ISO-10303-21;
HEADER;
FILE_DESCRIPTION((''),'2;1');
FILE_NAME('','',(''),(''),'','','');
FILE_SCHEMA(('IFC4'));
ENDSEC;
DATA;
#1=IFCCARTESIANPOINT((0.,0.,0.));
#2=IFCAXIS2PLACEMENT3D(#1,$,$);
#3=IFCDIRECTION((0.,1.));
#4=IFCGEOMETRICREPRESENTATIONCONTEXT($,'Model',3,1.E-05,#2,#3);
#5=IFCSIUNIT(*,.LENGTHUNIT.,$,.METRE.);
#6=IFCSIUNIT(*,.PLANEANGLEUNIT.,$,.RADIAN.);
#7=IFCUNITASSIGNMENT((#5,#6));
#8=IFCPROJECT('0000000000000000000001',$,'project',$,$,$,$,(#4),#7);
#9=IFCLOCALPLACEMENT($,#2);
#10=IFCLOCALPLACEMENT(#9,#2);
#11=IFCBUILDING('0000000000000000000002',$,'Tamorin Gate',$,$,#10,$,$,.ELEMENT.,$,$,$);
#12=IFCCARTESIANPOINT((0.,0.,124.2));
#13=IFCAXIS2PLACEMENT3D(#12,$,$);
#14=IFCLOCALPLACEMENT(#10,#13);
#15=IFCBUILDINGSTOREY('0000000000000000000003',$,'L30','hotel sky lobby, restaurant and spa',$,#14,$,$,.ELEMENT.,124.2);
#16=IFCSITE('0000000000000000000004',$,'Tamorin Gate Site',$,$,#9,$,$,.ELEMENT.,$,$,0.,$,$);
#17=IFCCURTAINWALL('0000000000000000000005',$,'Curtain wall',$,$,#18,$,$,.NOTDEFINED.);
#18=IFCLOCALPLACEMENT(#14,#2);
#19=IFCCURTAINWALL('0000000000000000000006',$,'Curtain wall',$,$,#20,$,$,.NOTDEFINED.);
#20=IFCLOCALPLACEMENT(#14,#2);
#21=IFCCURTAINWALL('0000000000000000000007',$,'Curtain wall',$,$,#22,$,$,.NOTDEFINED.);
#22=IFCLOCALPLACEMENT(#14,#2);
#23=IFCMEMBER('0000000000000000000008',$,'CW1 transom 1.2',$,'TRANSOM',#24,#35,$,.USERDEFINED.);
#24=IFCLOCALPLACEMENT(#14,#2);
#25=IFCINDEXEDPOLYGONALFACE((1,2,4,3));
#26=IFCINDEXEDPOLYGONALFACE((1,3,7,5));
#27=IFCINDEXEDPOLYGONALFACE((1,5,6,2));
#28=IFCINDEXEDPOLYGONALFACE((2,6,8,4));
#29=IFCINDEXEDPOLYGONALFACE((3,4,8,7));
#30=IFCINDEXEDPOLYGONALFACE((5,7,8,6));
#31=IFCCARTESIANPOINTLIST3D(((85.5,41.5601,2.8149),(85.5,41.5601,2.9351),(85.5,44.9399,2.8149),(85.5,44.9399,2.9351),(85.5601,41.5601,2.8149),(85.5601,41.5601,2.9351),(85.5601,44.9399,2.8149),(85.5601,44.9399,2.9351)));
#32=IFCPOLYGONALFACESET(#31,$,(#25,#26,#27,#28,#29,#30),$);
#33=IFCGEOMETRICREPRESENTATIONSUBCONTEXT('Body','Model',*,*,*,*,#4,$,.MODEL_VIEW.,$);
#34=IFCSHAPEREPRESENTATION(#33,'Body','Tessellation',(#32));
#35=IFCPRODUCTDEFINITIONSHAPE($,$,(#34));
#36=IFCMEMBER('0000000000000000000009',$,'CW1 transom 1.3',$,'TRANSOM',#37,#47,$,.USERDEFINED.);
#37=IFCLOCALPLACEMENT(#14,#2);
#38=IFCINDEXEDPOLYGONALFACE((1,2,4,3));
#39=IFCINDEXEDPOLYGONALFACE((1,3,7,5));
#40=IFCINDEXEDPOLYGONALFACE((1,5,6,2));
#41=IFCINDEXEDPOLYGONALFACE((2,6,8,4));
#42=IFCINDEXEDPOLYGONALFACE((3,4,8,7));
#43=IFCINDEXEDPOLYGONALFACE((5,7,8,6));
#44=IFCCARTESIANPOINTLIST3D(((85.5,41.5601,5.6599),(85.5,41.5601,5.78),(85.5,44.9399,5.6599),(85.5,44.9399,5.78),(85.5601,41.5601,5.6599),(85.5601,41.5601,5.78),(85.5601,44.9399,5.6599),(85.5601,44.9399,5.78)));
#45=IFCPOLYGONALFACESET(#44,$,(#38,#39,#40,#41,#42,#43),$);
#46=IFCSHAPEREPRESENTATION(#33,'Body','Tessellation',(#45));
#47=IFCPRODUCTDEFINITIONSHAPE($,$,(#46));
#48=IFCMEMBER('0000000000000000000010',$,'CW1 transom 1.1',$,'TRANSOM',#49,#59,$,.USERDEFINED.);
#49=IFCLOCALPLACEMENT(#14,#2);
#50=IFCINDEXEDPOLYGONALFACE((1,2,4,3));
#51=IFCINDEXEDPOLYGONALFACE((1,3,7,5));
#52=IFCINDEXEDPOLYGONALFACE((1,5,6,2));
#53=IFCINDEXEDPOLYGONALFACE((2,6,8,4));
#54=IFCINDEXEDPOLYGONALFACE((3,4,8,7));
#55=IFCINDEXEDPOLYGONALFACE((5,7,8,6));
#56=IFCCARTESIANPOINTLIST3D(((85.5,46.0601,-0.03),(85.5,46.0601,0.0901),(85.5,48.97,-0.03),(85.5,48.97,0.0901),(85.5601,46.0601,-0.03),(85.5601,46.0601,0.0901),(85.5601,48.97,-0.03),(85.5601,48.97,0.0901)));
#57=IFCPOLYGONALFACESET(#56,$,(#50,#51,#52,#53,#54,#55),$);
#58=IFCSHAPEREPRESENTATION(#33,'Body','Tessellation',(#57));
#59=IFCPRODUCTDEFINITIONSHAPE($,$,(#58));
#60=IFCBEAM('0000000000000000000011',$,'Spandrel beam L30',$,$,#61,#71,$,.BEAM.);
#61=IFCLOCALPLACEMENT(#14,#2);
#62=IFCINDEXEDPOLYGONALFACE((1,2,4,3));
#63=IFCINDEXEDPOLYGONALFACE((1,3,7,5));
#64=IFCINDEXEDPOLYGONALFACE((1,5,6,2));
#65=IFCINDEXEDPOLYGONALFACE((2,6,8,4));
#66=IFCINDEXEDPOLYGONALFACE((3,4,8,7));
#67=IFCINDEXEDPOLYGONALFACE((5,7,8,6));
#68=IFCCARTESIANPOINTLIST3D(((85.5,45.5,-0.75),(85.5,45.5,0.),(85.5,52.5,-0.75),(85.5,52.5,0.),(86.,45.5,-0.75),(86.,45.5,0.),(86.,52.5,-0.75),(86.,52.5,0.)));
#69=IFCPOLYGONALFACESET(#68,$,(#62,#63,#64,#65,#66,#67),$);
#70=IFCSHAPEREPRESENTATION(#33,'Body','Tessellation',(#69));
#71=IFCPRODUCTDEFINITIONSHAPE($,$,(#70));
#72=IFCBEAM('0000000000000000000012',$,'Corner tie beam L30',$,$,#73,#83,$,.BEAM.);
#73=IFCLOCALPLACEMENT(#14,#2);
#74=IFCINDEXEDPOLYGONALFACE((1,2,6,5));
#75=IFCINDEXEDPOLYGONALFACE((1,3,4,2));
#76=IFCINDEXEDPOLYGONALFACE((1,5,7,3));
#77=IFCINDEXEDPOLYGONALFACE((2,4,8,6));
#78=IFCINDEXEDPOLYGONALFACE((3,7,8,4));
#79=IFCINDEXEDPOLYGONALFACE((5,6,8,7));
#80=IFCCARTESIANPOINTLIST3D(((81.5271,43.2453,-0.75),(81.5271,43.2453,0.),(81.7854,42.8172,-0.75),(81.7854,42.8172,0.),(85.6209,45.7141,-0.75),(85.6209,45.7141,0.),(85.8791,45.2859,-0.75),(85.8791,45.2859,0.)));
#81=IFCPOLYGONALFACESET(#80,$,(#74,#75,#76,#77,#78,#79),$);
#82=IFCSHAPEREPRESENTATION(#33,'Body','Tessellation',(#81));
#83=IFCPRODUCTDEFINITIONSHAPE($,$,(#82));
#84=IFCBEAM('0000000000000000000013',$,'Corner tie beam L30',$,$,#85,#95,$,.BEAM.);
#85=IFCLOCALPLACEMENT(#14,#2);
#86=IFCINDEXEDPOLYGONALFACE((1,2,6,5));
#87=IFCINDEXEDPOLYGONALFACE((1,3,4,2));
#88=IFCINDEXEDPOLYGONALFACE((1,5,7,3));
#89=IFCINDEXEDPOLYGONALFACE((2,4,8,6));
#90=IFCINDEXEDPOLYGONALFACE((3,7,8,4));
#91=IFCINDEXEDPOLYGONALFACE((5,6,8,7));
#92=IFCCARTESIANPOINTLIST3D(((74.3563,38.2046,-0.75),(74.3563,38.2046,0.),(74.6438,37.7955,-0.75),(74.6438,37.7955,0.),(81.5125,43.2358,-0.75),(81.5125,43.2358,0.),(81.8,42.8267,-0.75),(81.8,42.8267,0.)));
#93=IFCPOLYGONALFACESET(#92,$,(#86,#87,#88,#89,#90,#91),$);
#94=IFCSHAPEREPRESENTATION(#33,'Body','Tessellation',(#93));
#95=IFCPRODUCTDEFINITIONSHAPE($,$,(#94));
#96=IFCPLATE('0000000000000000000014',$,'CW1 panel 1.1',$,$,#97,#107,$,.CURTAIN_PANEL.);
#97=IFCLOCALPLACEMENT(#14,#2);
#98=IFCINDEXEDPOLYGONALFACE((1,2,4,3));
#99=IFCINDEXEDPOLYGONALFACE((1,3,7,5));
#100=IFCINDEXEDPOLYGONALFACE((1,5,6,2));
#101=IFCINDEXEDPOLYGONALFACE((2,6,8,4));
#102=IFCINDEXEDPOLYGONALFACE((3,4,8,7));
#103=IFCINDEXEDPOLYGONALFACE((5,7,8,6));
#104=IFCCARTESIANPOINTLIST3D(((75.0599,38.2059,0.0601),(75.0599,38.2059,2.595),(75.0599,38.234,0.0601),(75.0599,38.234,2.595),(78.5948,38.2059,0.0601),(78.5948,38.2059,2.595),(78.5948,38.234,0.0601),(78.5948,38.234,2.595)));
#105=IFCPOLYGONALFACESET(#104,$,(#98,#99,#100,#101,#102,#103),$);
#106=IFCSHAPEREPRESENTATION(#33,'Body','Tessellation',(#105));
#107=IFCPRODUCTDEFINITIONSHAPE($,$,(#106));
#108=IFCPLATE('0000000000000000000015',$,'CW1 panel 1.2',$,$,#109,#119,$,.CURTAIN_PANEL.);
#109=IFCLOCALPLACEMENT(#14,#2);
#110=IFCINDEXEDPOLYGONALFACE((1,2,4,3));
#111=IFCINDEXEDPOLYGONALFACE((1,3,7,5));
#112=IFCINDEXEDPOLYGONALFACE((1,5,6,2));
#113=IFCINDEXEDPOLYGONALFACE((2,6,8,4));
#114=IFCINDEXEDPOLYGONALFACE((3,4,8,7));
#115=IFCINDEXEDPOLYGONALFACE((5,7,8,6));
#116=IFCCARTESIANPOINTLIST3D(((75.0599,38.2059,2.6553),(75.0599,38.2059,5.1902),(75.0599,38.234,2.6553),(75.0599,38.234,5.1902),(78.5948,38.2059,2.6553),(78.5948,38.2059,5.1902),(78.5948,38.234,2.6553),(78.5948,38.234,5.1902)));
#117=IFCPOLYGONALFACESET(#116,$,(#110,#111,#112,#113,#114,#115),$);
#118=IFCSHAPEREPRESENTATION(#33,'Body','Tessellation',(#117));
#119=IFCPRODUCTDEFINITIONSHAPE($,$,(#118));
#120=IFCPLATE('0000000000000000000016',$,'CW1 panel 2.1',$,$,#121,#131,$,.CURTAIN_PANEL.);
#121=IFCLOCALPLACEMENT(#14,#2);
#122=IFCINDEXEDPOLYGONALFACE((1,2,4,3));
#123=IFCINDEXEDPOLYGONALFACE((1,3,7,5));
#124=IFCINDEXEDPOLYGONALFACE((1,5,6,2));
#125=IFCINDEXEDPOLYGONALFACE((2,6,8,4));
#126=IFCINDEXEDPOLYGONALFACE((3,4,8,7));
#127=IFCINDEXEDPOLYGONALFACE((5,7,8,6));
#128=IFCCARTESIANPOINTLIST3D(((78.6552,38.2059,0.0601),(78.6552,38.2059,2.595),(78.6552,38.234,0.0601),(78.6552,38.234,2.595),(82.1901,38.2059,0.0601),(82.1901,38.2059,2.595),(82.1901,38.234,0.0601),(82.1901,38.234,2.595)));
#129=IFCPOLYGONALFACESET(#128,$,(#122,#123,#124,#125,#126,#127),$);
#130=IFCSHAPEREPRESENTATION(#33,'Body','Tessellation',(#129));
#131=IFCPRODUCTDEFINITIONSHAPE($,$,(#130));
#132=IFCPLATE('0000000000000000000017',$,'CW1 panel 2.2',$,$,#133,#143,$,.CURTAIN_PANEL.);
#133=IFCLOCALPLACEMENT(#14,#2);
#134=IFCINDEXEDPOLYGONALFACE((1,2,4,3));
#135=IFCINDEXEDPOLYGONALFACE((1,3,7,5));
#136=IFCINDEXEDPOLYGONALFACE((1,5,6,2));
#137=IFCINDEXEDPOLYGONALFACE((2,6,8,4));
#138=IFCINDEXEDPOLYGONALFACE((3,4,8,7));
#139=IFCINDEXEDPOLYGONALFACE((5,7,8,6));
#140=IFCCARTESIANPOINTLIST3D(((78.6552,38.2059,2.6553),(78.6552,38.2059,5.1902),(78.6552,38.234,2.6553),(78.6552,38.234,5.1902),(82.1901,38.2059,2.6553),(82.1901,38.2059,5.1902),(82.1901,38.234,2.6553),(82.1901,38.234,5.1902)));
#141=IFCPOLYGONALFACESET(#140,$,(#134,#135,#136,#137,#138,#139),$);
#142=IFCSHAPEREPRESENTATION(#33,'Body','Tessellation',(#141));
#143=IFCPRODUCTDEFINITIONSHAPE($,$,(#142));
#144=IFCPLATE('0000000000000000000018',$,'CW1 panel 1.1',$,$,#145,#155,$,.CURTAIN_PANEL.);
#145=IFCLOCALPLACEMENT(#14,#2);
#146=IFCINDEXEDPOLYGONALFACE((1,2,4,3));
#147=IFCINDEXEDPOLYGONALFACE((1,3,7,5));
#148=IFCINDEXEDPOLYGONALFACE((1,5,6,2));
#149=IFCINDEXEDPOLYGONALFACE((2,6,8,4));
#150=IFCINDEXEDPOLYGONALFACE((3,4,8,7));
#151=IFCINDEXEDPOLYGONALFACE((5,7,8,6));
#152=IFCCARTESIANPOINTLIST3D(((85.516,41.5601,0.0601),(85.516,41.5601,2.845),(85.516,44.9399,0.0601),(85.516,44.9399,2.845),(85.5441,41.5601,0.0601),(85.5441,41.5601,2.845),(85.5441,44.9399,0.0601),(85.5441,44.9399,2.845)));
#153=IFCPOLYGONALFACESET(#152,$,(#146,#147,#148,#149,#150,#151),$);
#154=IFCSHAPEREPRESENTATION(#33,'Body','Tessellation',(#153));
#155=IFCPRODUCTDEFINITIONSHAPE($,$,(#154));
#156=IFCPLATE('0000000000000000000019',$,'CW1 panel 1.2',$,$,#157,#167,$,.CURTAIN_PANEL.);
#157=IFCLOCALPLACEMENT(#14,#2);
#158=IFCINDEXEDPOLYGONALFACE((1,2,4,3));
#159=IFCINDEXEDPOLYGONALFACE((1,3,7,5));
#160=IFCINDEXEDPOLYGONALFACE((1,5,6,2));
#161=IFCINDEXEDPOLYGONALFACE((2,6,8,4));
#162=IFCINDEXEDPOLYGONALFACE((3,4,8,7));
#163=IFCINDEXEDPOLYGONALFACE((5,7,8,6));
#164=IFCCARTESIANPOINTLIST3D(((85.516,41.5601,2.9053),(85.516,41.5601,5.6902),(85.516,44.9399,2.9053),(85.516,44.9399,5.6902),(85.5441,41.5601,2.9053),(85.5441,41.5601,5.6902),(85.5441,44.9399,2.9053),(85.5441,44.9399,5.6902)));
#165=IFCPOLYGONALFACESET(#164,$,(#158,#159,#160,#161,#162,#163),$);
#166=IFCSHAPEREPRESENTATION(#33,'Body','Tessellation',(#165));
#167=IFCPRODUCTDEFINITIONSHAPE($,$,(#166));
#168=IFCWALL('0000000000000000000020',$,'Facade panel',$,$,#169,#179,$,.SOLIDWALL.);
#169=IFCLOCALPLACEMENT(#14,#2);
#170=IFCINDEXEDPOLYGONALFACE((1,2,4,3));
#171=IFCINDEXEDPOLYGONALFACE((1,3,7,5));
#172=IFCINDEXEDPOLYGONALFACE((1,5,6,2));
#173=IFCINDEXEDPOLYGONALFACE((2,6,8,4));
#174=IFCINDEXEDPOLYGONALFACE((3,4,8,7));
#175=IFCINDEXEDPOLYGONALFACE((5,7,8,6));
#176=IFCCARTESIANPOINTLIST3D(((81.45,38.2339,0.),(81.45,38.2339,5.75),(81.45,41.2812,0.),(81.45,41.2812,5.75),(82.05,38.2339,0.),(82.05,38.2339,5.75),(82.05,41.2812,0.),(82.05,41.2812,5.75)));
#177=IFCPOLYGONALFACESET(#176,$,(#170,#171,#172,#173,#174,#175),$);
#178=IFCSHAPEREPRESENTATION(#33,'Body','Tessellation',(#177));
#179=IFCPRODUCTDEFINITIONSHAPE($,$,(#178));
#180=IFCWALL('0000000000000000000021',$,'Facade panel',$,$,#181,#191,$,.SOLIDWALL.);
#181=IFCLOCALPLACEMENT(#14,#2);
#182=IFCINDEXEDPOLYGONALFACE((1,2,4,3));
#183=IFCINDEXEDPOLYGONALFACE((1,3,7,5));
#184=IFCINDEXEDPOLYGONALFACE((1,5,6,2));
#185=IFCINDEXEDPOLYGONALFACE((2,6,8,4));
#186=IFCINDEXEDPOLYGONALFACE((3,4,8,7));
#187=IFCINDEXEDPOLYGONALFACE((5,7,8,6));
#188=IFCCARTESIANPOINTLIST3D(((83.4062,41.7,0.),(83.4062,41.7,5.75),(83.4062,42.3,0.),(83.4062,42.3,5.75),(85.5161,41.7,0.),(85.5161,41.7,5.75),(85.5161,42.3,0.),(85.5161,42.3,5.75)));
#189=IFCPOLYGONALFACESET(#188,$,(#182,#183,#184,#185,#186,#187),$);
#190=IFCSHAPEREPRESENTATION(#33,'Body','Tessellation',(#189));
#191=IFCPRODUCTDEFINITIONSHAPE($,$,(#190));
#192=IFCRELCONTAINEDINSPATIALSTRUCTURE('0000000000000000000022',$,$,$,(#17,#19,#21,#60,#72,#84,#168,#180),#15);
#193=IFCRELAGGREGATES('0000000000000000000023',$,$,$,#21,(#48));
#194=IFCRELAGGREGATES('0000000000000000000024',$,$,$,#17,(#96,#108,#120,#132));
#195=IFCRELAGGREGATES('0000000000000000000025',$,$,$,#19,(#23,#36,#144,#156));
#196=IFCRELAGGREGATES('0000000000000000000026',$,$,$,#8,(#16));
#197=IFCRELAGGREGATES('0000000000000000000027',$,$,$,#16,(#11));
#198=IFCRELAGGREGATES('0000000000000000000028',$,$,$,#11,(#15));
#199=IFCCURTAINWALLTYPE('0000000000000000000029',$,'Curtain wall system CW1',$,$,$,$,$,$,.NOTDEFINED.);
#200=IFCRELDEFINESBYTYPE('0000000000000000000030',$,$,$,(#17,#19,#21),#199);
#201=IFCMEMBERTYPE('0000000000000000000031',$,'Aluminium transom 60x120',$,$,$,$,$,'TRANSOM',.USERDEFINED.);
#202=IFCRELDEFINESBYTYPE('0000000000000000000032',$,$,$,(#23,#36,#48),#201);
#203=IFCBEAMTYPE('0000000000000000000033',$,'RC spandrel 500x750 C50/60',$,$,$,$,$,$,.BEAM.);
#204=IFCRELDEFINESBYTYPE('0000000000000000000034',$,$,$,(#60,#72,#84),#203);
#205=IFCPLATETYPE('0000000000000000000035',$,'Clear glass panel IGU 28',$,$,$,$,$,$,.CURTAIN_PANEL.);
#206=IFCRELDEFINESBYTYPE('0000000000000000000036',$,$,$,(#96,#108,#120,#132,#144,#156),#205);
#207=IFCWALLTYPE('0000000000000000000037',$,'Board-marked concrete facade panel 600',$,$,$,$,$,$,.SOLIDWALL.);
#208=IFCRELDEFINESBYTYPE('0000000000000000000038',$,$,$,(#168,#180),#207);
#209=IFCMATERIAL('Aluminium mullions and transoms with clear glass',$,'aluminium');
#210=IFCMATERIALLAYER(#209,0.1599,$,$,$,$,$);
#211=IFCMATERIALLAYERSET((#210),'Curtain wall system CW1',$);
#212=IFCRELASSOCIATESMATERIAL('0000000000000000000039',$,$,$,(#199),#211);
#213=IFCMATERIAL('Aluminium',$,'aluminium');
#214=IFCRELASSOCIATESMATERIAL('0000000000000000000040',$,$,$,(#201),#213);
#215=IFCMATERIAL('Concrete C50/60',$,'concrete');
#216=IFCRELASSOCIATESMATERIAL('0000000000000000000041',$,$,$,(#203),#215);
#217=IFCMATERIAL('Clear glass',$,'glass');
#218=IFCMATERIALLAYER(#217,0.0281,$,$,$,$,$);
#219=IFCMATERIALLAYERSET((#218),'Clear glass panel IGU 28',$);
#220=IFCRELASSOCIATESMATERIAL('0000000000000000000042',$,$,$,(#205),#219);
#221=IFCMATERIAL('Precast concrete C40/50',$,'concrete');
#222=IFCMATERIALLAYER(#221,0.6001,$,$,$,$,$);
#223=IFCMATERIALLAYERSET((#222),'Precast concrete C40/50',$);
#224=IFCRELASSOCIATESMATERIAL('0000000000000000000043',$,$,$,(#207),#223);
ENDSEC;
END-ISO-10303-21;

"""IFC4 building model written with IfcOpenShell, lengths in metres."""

from ifc_helpers import new_model, si_unit, direction, frame, frame_2d, origin, origin_2d, place, context, subcontext, project, spatial, rectangle, extrude, material, layer, layer_set, material_profile, profile_set, type_object, element, aggregate, save


model = new_model("IFC4")

# Units and contexts
model_context = context("Model", 3, precision=1e-05, world=origin(), true_north=direction((0.0, 1.0)))
body_context = subcontext(model_context, "Body", "Model", "MODEL_VIEW")
ifc_project = project(units=[si_unit("LENGTHUNIT", "METRE"), si_unit("PLANEANGLEUNIT", "RADIAN")], contexts=[model_context])

# Site, building, storey
site_placement = place(None, origin())
site = spatial("IfcSite", under=ifc_project, at=site_placement, Name="Tamorin Gate Site", CompositionType="ELEMENT", RefElevation=0.0)
building_placement = place(site_placement, origin())
building = spatial("IfcBuilding", under=site, at=building_placement, Name="Tamorin Gate", CompositionType="ELEMENT")
storey_placement = place(building_placement, frame((0.0, 0.0, 124.2)))
storey = spatial("IfcBuildingStorey", under=building, at=storey_placement, Name="L30", Description="hotel sky lobby, restaurant and spa", CompositionType="ELEMENT", Elevation=124.2)

# Curtain walls
ifc_material_1 = material(Name="Aluminium mullions and transoms with clear glass", Category="aluminium")
ifc_layer_1 = layer(ifc_material_1, 0.1599)
ifc_layer_set_1 = layer_set([ifc_layer_1], Name="Curtain wall system CW1")
curtain_wall_type = type_object("IfcCurtainWallType", Name="Curtain wall system CW1", PredefinedType="NOTDEFINED", material=ifc_layer_set_1)
curtain_wall_1_placement = place(storey_placement, origin())
curtain_wall_1 = element("IfcCurtainWall", 1, at=curtain_wall_1_placement, inside=storey, type_object=curtain_wall_type, Name="Curtain wall", PredefinedType="NOTDEFINED")
ifc_material_2 = material(Name="Aluminium", Category="aluminium")
curtain_wall_2_placement = place(storey_placement, origin())
curtain_wall_2 = element("IfcCurtainWall", 2, at=curtain_wall_2_placement, inside=storey, type_object=curtain_wall_type, Name="Curtain wall", PredefinedType="NOTDEFINED")

# Curtain wall
curtain_wall_3_placement = place(storey_placement, origin())
curtain_wall_3 = element("IfcCurtainWall", 3, at=curtain_wall_3_placement, inside=storey, type_object=curtain_wall_type, Name="Curtain wall", PredefinedType="NOTDEFINED")

# Members
ifc_material_profile_1 = material_profile(ifc_material_2, rectangle(XDim=0.0601, YDim=0.1201, at=origin_2d()), Name="RECT 60x120")
ifc_profile_set_1 = profile_set([ifc_material_profile_1], Name="Aluminium")
member_type_1 = type_object("IfcMemberType", Name="Aluminium transom 60x120", ElementType="TRANSOM", PredefinedType="USERDEFINED", material=ifc_profile_set_1)
member_1_placement = place(storey_placement, frame((85.53, 41.5601, 2.875), z_axis=(0.0, 1.0, 0.0), x_axis=(-1.0, 0.0, 0.0)))
member_1 = element("IfcMember", 4, at=member_1_placement, type_object=member_type_1, Name="CW1 transom 1.2", ObjectType="TRANSOM", PredefinedType="USERDEFINED", context=body_context, shape_type="SweptSolid", body=[
    extrude(rectangle(XDim=0.0601, YDim=0.1201, at=origin_2d()), origin(), (0.0, 0.0, 1.0), 3.3799),
])
member_2_placement = place(storey_placement, frame((85.53, 41.5601, 5.72), z_axis=(0.0, 1.0, 0.0), x_axis=(-1.0, 0.0, 0.0)))
member_2 = element("IfcMember", 5, at=member_2_placement, type_object=member_type_1, Name="CW1 transom 1.3", ObjectType="TRANSOM", PredefinedType="USERDEFINED", context=body_context, shape_type="SweptSolid", body=[
    extrude(rectangle(XDim=0.0601, YDim=0.1201, at=origin_2d()), origin(), (0.0, 0.0, 1.0), 3.3799),
])
member_3_placement = place(storey_placement, frame((85.53, 46.0601, 0.03), z_axis=(0.0, 1.0, 0.0), x_axis=(-1.0, 0.0, 0.0)))
member_3 = element("IfcMember", 6, at=member_3_placement, type_object=member_type_1, Name="CW1 transom 1.1", ObjectType="TRANSOM", PredefinedType="USERDEFINED", context=body_context, shape_type="SweptSolid", body=[
    extrude(rectangle(XDim=0.0601, YDim=0.1201, at=origin_2d()), origin(), (0.0, 0.0, 1.0), 2.9099),
])
aggregate(curtain_wall_3, [member_3])

# Beams
ifc_material_3 = material(Name="Concrete C50/60", Category="concrete")
ifc_material_profile_2 = material_profile(ifc_material_3, rectangle(XDim=0.5, YDim=0.75, at=origin_2d()), Name="RC 500x750")
ifc_profile_set_2 = profile_set([ifc_material_profile_2], Name="Concrete C50/60")
beam_type = type_object("IfcBeamType", Name="RC spandrel 500x750 C50/60", PredefinedType="BEAM", material=ifc_profile_set_2)
beam_1_placement = place(storey_placement, frame((85.75, 45.5, -0.375), z_axis=(0.0, 1.0, 0.0), x_axis=(-1.0, 0.0, 0.0)))
element("IfcBeam", 7, at=beam_1_placement, inside=storey, type_object=beam_type, Name="Spandrel beam L30", PredefinedType="BEAM", context=body_context, shape_type="SweptSolid", body=[
    extrude(rectangle(XDim=0.5, YDim=0.75, at=origin_2d()), origin(), (0.0, 0.0, 1.0), 7.0),
])
beam_2_placement = place(storey_placement, frame((81.6562, 43.0312, -0.375), z_axis=(0.856337, 0.516417, 0.0), x_axis=(-0.516417, 0.856337, 0.0)))
element("IfcBeam", 8, at=beam_2_placement, inside=storey, type_object=beam_type, Name="Corner tie beam L30", PredefinedType="BEAM", context=body_context, shape_type="SweptSolid", body=[
    extrude(rectangle(XDim=0.5, YDim=0.75, at=origin_2d()), origin(), (0.0, 0.0, 1.0), 4.7805),
])
beam_3_placement = place(storey_placement, frame((81.6562, 43.0312, -0.375), z_axis=(-0.818055, -0.575139, 0.0), x_axis=(0.575139, -0.818055, 0.0)))
element("IfcBeam", 9, at=beam_3_placement, inside=storey, type_object=beam_type, Name="Corner tie beam L30", PredefinedType="BEAM", context=body_context, shape_type="SweptSolid", body=[
    extrude(rectangle(XDim=0.5, YDim=0.75, at=origin_2d()), origin(), (0.0, 0.0, 1.0), 8.7478),
])

# Plates
ifc_material_4 = material(Name="Clear glass", Category="glass")
ifc_layer_2 = layer(ifc_material_4, 0.0281)
ifc_layer_set_2 = layer_set([ifc_layer_2], Name="Clear glass panel IGU 28")
plate_type = type_object("IfcPlateType", Name="Clear glass panel IGU 28", PredefinedType="CURTAIN_PANEL", material=ifc_layer_set_2)
plate_1_placement = place(storey_placement, frame((76.8274, 38.22, 0.0601), z_axis=(0.0, 0.0, 1.0), x_axis=(1.0, 0.0, 0.0)))
plate_1 = element("IfcPlate", 10, at=plate_1_placement, type_object=plate_type, Name="CW1 panel 1.1", PredefinedType="CURTAIN_PANEL", context=body_context, shape_type="SweptSolid", body=[
    extrude(rectangle(XDim=3.5349, YDim=0.0281, at=origin_2d()), origin(), (0.0, 0.0, 1.0), 2.5349),
])
plate_2_placement = place(storey_placement, frame((76.8274, 38.22, 2.6553), z_axis=(0.0, 0.0, 1.0), x_axis=(1.0, 0.0, 0.0)))
plate_2 = element("IfcPlate", 11, at=plate_2_placement, type_object=plate_type, Name="CW1 panel 1.2", PredefinedType="CURTAIN_PANEL", context=body_context, shape_type="SweptSolid", body=[
    extrude(rectangle(XDim=3.5349, YDim=0.0281, at=origin_2d()), origin(), (0.0, 0.0, 1.0), 2.5349),
])
plate_3_placement = place(storey_placement, frame((80.4226, 38.22, 0.0601), z_axis=(0.0, 0.0, 1.0), x_axis=(1.0, 0.0, 0.0)))
plate_3 = element("IfcPlate", 12, at=plate_3_placement, type_object=plate_type, Name="CW1 panel 2.1", PredefinedType="CURTAIN_PANEL", context=body_context, shape_type="SweptSolid", body=[
    extrude(rectangle(XDim=3.5349, YDim=0.0281, at=origin_2d()), origin(), (0.0, 0.0, 1.0), 2.5349),
])
plate_4_placement = place(storey_placement, frame((80.4226, 38.22, 2.6553), z_axis=(0.0, 0.0, 1.0), x_axis=(1.0, 0.0, 0.0)))
plate_4 = element("IfcPlate", 13, at=plate_4_placement, type_object=plate_type, Name="CW1 panel 2.2", PredefinedType="CURTAIN_PANEL", context=body_context, shape_type="SweptSolid", body=[
    extrude(rectangle(XDim=3.5349, YDim=0.0281, at=origin_2d()), origin(), (0.0, 0.0, 1.0), 2.5349),
])
aggregate(curtain_wall_1, [plate_1, plate_2, plate_3, plate_4])
plate_5_placement = place(storey_placement, frame((85.53, 43.25, 0.0601), z_axis=(0.0, 0.0, 1.0), x_axis=(0.0, 1.0, 0.0)))
plate_5 = element("IfcPlate", 14, at=plate_5_placement, type_object=plate_type, Name="CW1 panel 1.1", PredefinedType="CURTAIN_PANEL", context=body_context, shape_type="SweptSolid", body=[
    extrude(rectangle(XDim=3.3799, YDim=0.0281, at=origin_2d()), origin(), (0.0, 0.0, 1.0), 2.7849),
])
plate_6_placement = place(storey_placement, frame((85.53, 43.25, 2.9053), z_axis=(0.0, 0.0, 1.0), x_axis=(0.0, 1.0, 0.0)))
plate_6 = element("IfcPlate", 15, at=plate_6_placement, type_object=plate_type, Name="CW1 panel 1.2", PredefinedType="CURTAIN_PANEL", context=body_context, shape_type="SweptSolid", body=[
    extrude(rectangle(XDim=3.3799, YDim=0.0281, at=origin_2d()), origin(), (0.0, 0.0, 1.0), 2.7849),
])
aggregate(curtain_wall_2, [member_1, member_2, plate_5, plate_6])

# Walls
ifc_material_5 = material(Name="Precast concrete C40/50", Category="concrete")
ifc_layer_3 = layer(ifc_material_5, 0.6001)
ifc_layer_set_3 = layer_set([ifc_layer_3], Name="Precast concrete C40/50")
wall_type_1 = type_object("IfcWallType", Name="Board-marked concrete facade panel 600", PredefinedType="SOLIDWALL", material=ifc_layer_set_3)
wall_1_placement = place(storey_placement, frame((81.75, 38.2339, 0.0), z_axis=(0.0, 0.0, 1.0), x_axis=(0.0, 1.0, 0.0)))
element("IfcWall", 16, at=wall_1_placement, inside=storey, type_object=wall_type_1, Name="Facade panel", PredefinedType="SOLIDWALL", context=body_context, shape_type="SweptSolid", body=[
    extrude(rectangle(XDim=3.0474, YDim=0.6001, at=frame_2d((1.5237, 0.0))), origin(), (0.0, 0.0, 1.0), 5.75),
])
wall_2_placement = place(storey_placement, frame((83.4062, 42.0, 0.0), z_axis=(0.0, 0.0, 1.0), x_axis=(1.0, 0.0, 0.0)))
element("IfcWall", 17, at=wall_2_placement, inside=storey, type_object=wall_type_1, Name="Facade panel", PredefinedType="SOLIDWALL", context=body_context, shape_type="SweptSolid", body=[
    extrude(rectangle(XDim=2.1099, YDim=0.6001, at=frame_2d((1.0549, 0.0))), origin(), (0.0, 0.0, 1.0), 5.75),
])

save(model, "model.ifc")
